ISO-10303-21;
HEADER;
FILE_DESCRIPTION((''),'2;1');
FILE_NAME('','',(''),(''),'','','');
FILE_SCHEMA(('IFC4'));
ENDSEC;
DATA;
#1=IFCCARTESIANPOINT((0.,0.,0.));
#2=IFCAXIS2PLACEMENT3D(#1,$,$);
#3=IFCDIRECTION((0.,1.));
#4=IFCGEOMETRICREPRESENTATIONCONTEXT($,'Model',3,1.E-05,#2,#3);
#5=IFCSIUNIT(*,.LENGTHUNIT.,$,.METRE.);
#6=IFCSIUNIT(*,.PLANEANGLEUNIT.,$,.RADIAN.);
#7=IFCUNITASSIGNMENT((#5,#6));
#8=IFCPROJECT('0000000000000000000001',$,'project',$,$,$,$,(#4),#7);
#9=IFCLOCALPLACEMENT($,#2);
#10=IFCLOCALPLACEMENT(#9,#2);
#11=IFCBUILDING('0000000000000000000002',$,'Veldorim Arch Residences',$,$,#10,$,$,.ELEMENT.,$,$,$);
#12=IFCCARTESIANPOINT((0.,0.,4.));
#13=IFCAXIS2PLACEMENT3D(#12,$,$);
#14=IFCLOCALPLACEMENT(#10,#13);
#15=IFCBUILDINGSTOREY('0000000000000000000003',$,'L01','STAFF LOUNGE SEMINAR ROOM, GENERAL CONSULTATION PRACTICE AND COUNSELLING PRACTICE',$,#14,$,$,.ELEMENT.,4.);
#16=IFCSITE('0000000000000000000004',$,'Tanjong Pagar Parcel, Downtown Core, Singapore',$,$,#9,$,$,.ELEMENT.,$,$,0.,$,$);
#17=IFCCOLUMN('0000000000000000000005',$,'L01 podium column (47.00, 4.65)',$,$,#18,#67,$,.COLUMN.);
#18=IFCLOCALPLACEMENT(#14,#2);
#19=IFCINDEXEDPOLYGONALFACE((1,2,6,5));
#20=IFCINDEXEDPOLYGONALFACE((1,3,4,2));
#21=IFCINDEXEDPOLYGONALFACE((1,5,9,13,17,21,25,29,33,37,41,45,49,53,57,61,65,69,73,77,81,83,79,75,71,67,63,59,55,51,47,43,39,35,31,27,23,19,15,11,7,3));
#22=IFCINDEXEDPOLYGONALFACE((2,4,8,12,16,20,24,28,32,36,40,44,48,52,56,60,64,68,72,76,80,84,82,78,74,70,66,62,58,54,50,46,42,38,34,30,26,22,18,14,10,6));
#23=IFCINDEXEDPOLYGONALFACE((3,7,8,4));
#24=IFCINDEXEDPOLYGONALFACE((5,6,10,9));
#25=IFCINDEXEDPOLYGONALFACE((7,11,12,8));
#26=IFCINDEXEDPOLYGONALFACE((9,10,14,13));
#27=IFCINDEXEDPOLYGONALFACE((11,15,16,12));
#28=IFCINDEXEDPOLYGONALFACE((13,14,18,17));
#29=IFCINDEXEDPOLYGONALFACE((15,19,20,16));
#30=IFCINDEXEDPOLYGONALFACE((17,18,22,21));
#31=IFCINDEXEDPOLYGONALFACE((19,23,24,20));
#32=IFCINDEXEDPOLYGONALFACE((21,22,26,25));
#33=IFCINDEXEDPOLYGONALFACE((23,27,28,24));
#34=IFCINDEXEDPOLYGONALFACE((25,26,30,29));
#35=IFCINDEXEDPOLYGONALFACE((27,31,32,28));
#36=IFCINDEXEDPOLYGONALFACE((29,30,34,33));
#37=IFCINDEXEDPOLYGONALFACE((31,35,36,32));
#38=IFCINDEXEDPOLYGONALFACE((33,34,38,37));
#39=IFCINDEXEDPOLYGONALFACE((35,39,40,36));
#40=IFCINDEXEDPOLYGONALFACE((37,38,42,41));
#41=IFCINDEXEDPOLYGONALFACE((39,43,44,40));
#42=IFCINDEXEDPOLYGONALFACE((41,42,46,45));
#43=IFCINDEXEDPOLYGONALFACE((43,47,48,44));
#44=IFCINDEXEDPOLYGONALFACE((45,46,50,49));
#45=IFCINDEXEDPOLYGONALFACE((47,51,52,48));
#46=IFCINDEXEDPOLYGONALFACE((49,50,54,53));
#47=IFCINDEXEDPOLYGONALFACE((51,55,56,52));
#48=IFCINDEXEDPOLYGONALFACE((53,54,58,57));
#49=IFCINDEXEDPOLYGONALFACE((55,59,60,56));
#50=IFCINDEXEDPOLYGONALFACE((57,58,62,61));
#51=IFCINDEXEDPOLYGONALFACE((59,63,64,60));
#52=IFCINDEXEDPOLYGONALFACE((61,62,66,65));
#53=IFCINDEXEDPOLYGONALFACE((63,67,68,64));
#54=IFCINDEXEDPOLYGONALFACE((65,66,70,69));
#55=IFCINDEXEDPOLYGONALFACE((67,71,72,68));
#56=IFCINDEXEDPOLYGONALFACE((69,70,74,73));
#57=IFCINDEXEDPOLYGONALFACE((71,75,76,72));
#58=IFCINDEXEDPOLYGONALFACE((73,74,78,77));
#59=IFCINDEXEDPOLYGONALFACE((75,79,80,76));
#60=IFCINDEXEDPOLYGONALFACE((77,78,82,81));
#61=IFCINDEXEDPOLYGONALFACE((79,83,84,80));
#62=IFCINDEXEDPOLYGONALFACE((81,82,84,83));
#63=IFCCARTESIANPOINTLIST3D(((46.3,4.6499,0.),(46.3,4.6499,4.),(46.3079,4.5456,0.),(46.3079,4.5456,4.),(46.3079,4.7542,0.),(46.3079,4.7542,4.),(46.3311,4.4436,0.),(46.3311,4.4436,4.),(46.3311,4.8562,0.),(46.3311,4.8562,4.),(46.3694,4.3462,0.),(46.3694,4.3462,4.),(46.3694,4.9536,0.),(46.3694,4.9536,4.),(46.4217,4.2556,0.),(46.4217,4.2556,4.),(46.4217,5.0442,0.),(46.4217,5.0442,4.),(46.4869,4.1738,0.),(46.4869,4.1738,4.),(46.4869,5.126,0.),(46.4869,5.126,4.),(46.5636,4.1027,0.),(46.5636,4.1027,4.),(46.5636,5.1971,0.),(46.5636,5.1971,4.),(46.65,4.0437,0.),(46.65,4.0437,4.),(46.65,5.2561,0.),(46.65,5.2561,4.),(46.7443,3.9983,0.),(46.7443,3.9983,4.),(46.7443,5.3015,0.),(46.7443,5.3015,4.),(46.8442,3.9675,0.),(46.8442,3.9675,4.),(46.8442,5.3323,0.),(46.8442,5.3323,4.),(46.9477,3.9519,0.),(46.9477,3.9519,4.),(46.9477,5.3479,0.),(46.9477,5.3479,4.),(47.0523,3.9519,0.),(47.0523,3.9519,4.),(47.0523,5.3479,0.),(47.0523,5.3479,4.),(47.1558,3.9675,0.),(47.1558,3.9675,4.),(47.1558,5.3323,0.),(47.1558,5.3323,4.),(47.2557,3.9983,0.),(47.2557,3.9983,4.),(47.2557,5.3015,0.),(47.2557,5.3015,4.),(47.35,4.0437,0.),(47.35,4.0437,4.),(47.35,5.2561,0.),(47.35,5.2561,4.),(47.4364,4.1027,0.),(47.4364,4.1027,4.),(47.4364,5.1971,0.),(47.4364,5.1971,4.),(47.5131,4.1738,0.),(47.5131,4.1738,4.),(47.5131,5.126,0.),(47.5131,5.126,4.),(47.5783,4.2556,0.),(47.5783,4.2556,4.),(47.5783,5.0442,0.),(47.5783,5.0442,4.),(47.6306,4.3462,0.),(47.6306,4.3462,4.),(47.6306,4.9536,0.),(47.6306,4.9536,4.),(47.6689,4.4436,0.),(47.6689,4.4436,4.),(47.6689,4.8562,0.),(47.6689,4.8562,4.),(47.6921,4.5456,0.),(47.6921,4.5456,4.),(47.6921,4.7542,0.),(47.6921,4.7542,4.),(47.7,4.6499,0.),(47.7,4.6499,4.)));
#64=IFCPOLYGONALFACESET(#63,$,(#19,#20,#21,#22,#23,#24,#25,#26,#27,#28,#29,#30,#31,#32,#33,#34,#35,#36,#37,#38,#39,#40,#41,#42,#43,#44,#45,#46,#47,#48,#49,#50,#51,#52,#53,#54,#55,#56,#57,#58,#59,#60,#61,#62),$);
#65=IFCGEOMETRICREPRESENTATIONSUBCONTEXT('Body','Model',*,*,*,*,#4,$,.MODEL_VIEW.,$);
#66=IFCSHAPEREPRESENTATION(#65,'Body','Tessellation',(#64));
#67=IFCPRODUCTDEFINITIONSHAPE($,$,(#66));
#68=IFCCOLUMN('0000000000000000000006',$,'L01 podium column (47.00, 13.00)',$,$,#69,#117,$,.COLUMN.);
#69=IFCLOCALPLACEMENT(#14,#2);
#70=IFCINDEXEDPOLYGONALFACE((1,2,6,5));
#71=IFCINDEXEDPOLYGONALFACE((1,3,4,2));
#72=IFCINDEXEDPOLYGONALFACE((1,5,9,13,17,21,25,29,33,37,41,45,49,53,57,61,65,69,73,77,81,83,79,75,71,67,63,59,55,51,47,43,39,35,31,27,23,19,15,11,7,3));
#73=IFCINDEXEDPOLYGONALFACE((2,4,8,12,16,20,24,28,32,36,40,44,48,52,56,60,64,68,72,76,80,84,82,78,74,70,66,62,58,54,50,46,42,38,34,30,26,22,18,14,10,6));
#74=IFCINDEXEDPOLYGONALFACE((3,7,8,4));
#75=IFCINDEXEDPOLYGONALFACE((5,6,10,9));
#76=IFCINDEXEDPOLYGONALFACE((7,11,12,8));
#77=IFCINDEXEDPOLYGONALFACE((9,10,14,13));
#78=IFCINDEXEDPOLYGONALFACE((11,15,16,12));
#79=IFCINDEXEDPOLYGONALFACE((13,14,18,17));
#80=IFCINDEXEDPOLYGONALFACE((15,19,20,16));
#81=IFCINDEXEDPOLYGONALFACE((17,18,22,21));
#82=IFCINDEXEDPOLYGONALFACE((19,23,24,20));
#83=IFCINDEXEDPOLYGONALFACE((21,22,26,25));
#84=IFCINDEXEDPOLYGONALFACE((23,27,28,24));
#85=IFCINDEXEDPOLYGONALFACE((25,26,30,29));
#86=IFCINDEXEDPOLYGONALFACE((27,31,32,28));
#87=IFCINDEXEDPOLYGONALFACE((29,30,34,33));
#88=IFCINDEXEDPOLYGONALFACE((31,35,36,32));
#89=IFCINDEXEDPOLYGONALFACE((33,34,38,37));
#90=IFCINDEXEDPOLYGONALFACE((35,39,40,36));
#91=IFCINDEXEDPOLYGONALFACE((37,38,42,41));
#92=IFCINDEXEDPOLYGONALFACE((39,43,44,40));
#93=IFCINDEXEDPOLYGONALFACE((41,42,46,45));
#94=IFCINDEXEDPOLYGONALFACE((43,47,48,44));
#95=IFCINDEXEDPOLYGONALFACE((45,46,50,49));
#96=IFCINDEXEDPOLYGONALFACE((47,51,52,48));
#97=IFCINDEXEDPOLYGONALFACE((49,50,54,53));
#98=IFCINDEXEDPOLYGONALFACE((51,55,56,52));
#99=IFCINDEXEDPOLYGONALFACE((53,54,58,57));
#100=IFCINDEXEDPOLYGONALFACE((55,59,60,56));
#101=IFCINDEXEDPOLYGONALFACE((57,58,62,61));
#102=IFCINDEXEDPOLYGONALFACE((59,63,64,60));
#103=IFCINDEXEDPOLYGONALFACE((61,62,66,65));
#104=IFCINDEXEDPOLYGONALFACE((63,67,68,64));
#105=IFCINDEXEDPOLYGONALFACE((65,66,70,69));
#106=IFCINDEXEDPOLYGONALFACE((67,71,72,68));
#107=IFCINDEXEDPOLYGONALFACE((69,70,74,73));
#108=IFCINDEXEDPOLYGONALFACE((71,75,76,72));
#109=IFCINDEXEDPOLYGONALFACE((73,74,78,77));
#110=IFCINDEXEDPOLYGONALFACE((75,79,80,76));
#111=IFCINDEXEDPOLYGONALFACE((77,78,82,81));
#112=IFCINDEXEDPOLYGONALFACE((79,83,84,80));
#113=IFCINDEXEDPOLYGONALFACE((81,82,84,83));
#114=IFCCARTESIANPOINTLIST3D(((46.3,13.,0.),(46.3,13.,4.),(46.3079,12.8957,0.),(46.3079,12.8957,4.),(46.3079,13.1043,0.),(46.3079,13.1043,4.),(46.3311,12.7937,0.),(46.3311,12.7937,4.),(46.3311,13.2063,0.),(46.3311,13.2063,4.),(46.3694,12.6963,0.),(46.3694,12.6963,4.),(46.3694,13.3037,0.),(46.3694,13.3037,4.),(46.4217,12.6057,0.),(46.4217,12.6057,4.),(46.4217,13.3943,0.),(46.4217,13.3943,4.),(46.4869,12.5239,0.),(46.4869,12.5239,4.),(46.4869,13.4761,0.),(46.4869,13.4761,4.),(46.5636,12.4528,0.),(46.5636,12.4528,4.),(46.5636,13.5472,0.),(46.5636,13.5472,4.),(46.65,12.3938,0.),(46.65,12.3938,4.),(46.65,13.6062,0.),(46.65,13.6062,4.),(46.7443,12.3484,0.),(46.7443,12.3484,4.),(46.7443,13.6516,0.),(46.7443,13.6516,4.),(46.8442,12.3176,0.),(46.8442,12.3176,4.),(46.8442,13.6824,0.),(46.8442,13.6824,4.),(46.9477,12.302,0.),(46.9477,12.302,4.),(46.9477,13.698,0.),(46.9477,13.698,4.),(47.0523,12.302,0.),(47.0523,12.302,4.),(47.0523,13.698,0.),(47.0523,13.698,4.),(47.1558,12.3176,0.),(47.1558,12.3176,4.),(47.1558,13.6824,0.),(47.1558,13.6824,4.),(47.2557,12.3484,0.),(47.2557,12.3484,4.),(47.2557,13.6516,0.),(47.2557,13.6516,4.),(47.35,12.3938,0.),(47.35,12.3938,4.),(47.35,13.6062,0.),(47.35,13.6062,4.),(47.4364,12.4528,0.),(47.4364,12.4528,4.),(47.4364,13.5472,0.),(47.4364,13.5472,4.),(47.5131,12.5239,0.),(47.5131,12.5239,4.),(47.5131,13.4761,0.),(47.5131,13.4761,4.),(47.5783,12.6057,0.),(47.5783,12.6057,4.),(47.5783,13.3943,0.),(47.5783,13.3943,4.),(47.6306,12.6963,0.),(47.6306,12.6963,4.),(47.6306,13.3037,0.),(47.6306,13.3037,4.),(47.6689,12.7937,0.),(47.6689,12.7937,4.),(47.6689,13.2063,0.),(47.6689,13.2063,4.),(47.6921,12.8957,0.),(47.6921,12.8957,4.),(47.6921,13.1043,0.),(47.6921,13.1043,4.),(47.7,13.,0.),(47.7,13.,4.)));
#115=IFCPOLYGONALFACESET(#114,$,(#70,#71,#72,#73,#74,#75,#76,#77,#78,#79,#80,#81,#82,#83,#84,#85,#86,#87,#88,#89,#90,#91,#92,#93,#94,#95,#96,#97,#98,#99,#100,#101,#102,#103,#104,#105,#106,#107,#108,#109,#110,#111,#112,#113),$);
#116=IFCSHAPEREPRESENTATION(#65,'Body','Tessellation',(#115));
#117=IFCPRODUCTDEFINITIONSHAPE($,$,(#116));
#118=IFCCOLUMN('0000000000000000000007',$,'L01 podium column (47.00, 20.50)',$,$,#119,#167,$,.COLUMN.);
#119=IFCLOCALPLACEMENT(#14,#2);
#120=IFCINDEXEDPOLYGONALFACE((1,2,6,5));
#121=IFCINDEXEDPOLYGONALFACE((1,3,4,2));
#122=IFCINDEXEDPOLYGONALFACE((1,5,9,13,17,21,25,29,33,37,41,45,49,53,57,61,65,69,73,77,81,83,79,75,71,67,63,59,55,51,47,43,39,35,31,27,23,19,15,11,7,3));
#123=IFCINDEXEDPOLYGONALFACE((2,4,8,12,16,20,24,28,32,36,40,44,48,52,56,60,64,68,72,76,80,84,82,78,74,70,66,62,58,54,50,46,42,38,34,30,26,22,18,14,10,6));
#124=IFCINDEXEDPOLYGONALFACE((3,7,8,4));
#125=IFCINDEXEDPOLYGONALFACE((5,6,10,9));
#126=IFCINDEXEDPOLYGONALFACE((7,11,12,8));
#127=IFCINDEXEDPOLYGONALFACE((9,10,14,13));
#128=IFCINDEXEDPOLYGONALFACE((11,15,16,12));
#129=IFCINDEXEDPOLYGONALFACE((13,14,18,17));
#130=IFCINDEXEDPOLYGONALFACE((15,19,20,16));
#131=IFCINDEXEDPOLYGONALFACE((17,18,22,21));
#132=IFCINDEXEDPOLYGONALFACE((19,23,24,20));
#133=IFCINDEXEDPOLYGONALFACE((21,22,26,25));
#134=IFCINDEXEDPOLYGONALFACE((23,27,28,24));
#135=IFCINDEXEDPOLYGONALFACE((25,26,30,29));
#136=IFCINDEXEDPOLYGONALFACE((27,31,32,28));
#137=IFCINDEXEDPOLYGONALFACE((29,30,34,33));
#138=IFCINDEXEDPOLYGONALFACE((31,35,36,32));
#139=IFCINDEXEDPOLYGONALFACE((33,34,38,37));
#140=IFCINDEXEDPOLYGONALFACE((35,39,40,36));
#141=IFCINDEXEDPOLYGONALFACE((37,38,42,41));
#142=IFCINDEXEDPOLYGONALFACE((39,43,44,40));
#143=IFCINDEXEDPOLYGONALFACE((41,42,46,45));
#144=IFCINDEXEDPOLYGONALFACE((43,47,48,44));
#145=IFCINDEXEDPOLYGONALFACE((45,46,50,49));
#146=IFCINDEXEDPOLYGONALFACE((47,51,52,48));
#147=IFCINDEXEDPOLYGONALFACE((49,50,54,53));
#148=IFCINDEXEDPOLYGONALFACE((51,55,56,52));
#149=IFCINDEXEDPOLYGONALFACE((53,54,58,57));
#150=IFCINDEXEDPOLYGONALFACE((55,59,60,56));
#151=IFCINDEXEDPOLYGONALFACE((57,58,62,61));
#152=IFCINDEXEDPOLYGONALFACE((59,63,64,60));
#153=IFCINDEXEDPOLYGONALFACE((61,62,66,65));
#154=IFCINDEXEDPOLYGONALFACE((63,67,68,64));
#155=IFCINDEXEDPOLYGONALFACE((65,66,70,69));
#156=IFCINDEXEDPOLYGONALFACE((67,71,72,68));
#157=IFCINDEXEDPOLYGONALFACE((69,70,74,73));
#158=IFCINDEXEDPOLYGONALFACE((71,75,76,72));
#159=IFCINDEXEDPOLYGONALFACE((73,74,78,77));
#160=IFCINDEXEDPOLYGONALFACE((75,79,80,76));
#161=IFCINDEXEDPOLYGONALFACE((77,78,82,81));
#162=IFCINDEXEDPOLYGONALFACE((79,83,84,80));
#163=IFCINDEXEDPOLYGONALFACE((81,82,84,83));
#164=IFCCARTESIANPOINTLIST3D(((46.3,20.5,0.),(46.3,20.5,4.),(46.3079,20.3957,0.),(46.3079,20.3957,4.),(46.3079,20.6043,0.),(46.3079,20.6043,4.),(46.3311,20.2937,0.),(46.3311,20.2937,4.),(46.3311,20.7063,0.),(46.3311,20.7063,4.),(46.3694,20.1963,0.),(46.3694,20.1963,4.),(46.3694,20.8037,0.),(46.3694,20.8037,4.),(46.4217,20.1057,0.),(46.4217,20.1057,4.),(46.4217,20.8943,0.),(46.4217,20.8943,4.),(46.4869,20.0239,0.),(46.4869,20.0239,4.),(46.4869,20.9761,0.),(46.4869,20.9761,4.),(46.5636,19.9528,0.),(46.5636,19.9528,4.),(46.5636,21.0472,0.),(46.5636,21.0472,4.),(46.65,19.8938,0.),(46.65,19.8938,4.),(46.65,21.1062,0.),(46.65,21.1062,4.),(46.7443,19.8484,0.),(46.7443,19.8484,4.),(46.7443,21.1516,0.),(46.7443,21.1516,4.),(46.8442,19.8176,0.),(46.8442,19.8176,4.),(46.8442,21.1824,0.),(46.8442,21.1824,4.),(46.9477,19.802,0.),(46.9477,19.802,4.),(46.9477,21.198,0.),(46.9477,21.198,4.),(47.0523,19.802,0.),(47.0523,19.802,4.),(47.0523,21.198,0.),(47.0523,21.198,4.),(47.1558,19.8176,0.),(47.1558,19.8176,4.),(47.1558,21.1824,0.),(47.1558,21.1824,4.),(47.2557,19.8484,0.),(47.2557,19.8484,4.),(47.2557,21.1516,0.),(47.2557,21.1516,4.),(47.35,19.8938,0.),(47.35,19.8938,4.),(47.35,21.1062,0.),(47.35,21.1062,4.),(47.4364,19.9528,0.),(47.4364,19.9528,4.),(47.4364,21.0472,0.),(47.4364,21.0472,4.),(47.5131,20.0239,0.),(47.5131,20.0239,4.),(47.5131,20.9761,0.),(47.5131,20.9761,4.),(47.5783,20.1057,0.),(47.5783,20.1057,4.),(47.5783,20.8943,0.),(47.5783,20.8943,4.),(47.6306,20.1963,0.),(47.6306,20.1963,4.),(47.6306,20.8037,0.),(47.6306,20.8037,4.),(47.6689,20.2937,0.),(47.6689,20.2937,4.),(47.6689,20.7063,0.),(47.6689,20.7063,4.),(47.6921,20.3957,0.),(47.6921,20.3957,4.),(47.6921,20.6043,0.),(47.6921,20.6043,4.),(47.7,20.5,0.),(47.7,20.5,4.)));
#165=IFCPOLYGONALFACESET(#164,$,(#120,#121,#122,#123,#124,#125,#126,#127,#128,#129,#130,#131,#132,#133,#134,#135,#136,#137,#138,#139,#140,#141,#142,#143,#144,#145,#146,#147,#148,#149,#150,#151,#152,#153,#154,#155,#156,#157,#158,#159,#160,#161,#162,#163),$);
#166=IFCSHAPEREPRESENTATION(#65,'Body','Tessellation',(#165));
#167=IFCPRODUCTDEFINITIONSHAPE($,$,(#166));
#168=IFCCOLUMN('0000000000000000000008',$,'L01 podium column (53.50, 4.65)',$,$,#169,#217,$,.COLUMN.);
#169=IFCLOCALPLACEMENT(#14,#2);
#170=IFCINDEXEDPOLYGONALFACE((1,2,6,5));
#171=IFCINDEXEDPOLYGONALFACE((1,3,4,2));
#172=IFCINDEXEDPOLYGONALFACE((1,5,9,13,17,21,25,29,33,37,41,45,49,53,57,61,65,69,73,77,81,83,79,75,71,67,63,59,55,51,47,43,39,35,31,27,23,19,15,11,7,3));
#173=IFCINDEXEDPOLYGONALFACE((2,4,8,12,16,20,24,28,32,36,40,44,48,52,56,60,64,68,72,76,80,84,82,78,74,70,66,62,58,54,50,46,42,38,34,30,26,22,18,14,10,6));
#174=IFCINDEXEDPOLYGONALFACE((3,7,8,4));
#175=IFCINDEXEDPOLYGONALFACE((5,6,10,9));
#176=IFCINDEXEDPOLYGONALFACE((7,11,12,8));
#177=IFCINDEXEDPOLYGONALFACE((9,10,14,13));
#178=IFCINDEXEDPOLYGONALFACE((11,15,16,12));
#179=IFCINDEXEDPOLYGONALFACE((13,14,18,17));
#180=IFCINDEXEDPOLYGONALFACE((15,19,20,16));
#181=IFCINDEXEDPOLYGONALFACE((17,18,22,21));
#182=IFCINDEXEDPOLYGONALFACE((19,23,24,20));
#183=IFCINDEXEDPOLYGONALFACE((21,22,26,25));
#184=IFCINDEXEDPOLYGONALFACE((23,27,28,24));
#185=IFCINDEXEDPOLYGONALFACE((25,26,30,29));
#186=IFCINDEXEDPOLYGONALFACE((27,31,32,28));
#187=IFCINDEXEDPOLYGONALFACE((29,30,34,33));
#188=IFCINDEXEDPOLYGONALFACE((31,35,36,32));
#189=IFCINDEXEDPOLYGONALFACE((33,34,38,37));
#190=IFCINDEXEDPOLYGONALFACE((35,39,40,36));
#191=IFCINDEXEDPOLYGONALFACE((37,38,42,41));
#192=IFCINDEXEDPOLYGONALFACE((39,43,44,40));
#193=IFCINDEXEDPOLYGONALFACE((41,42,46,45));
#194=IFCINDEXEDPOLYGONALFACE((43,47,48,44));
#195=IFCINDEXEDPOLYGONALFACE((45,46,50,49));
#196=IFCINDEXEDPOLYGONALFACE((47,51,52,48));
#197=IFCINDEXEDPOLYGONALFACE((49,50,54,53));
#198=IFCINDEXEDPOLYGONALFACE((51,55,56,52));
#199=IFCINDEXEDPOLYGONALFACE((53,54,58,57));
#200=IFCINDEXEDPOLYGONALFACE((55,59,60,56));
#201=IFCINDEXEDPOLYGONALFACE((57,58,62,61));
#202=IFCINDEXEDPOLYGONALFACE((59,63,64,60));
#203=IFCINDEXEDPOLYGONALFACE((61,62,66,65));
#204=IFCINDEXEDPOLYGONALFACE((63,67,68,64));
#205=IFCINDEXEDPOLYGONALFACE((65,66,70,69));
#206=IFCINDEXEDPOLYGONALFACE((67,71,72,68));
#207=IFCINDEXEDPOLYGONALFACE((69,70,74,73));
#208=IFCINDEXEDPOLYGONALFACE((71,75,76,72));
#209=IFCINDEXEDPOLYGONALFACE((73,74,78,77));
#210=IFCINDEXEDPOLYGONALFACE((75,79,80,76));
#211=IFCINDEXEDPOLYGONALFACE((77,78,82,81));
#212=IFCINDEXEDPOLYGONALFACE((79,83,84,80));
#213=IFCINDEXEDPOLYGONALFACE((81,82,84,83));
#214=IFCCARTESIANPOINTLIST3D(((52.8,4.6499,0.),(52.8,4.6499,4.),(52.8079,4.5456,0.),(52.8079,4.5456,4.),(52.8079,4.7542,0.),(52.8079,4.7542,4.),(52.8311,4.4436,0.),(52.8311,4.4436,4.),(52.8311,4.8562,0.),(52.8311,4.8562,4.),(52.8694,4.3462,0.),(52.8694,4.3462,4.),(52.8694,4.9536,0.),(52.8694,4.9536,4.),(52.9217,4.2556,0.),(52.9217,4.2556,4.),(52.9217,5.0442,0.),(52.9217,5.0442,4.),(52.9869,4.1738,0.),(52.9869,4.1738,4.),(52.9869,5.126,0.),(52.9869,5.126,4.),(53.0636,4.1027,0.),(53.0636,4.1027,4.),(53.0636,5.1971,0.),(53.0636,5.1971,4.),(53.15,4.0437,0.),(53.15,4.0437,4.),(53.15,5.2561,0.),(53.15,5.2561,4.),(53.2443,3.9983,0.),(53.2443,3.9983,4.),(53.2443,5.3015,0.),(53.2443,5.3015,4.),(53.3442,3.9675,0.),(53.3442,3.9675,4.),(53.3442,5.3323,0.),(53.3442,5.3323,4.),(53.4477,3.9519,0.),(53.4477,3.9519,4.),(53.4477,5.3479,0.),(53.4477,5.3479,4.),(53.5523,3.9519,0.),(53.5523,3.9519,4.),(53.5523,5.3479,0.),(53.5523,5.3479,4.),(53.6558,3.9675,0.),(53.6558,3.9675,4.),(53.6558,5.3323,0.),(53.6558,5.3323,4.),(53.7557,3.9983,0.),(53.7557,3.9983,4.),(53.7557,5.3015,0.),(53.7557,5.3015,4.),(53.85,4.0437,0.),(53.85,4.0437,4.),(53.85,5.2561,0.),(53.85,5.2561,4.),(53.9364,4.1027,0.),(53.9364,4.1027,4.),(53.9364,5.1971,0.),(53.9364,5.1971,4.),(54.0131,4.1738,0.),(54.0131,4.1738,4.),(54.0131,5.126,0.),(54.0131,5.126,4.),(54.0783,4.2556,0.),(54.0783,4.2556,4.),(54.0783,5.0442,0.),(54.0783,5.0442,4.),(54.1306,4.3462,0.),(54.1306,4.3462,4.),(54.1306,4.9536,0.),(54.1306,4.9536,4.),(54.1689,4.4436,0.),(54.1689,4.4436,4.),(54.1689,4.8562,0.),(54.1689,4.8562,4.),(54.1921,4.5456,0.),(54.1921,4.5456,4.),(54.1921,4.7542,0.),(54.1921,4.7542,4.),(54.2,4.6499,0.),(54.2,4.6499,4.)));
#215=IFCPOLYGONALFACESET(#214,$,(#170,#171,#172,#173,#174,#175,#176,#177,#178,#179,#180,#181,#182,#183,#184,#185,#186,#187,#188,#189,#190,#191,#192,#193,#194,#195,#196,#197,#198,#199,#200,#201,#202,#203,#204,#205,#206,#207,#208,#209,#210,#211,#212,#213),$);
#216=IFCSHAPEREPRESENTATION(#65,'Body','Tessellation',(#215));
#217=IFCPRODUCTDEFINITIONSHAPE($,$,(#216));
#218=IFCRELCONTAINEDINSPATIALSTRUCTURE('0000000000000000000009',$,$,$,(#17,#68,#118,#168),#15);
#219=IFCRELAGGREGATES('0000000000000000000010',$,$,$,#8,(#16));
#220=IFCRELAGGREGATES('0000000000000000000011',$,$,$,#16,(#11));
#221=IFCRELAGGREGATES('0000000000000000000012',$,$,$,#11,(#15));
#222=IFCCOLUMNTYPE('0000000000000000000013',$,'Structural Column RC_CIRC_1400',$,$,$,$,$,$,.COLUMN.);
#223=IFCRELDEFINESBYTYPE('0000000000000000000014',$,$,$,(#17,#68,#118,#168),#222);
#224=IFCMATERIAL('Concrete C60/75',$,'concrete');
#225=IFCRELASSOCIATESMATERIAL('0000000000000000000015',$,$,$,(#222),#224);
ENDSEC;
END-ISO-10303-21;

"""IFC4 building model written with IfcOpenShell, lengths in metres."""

from ifc_helpers import new_model, si_unit, direction, frame, origin, origin_2d, place, context, subcontext, project, spatial, circle, extrude, material, material_profile, profile_set, type_object, element, save


model = new_model("IFC4")

# Units and contexts
model_context = context("Model", 3, precision=1e-05, world=origin(), true_north=direction((0.0, 1.0)))
body_context = subcontext(model_context, "Body", "Model", "MODEL_VIEW")
ifc_project = project(units=[si_unit("LENGTHUNIT", "METRE"), si_unit("PLANEANGLEUNIT", "RADIAN")], contexts=[model_context])

# Site, building, storey
site_placement = place(None, origin())
site = spatial("IfcSite", under=ifc_project, at=site_placement, Name="Tanjong Pagar Parcel, Downtown Core, Singapore", CompositionType="ELEMENT", RefElevation=0.0)
building_placement = place(site_placement, origin())
building = spatial("IfcBuilding", under=site, at=building_placement, Name="Veldorim Arch Residences", CompositionType="ELEMENT")
storey_placement = place(building_placement, frame((0.0, 0.0, 4.0)))
storey = spatial("IfcBuildingStorey", under=building, at=storey_placement, Name="L01", Description="STAFF LOUNGE SEMINAR ROOM, GENERAL CONSULTATION PRACTICE AND COUNSELLING PRACTICE", CompositionType="ELEMENT", Elevation=4.0)

# Columns
ifc_material_1 = material(Name="Concrete C60/75", Category="concrete")
ifc_material_profile_1 = material_profile(ifc_material_1, circle(Radius=0.7, at=origin_2d()), Name="RC_CIRC_1400")
ifc_profile_set_1 = profile_set([ifc_material_profile_1], Name="Concrete C60/75")
column_type = type_object("IfcColumnType", Name="Structural Column RC_CIRC_1400", PredefinedType="COLUMN", material=ifc_profile_set_1)
for number, where, z_axis, x_axis, name in (
    (1, (47.0, 4.6499, 0.0), (0.0, 0.0, 1.0), (1.0, 0.0, 0.0), "L01 podium column (47.00, 4.65)"),
    (2, (47.0, 13.0, 0.0), (0.0, 0.0, 1.0), (1.0, 0.0, 0.0), "L01 podium column (47.00, 13.00)"),
    (3, (47.0, 20.5, 0.0), (0.0, 0.0, 1.0), (1.0, 0.0, 0.0), "L01 podium column (47.00, 20.50)"),
    (4, (53.5, 4.6499, 0.0), (0.0, 0.0, 1.0), (1.0, 0.0, 0.0), "L01 podium column (53.50, 4.65)"),
):
    element("IfcColumn", number, at=place(storey_placement, frame(where, z_axis=z_axis, x_axis=x_axis)), inside=storey, type_object=column_type, Name=name, PredefinedType="COLUMN", context=body_context, shape_type="SweptSolid", body=[
        extrude(circle(Radius=0.7, at=origin_2d()), origin(), (0.0, 0.0, 1.0), 4.0),
    ])

save(model, "model.ifc")
